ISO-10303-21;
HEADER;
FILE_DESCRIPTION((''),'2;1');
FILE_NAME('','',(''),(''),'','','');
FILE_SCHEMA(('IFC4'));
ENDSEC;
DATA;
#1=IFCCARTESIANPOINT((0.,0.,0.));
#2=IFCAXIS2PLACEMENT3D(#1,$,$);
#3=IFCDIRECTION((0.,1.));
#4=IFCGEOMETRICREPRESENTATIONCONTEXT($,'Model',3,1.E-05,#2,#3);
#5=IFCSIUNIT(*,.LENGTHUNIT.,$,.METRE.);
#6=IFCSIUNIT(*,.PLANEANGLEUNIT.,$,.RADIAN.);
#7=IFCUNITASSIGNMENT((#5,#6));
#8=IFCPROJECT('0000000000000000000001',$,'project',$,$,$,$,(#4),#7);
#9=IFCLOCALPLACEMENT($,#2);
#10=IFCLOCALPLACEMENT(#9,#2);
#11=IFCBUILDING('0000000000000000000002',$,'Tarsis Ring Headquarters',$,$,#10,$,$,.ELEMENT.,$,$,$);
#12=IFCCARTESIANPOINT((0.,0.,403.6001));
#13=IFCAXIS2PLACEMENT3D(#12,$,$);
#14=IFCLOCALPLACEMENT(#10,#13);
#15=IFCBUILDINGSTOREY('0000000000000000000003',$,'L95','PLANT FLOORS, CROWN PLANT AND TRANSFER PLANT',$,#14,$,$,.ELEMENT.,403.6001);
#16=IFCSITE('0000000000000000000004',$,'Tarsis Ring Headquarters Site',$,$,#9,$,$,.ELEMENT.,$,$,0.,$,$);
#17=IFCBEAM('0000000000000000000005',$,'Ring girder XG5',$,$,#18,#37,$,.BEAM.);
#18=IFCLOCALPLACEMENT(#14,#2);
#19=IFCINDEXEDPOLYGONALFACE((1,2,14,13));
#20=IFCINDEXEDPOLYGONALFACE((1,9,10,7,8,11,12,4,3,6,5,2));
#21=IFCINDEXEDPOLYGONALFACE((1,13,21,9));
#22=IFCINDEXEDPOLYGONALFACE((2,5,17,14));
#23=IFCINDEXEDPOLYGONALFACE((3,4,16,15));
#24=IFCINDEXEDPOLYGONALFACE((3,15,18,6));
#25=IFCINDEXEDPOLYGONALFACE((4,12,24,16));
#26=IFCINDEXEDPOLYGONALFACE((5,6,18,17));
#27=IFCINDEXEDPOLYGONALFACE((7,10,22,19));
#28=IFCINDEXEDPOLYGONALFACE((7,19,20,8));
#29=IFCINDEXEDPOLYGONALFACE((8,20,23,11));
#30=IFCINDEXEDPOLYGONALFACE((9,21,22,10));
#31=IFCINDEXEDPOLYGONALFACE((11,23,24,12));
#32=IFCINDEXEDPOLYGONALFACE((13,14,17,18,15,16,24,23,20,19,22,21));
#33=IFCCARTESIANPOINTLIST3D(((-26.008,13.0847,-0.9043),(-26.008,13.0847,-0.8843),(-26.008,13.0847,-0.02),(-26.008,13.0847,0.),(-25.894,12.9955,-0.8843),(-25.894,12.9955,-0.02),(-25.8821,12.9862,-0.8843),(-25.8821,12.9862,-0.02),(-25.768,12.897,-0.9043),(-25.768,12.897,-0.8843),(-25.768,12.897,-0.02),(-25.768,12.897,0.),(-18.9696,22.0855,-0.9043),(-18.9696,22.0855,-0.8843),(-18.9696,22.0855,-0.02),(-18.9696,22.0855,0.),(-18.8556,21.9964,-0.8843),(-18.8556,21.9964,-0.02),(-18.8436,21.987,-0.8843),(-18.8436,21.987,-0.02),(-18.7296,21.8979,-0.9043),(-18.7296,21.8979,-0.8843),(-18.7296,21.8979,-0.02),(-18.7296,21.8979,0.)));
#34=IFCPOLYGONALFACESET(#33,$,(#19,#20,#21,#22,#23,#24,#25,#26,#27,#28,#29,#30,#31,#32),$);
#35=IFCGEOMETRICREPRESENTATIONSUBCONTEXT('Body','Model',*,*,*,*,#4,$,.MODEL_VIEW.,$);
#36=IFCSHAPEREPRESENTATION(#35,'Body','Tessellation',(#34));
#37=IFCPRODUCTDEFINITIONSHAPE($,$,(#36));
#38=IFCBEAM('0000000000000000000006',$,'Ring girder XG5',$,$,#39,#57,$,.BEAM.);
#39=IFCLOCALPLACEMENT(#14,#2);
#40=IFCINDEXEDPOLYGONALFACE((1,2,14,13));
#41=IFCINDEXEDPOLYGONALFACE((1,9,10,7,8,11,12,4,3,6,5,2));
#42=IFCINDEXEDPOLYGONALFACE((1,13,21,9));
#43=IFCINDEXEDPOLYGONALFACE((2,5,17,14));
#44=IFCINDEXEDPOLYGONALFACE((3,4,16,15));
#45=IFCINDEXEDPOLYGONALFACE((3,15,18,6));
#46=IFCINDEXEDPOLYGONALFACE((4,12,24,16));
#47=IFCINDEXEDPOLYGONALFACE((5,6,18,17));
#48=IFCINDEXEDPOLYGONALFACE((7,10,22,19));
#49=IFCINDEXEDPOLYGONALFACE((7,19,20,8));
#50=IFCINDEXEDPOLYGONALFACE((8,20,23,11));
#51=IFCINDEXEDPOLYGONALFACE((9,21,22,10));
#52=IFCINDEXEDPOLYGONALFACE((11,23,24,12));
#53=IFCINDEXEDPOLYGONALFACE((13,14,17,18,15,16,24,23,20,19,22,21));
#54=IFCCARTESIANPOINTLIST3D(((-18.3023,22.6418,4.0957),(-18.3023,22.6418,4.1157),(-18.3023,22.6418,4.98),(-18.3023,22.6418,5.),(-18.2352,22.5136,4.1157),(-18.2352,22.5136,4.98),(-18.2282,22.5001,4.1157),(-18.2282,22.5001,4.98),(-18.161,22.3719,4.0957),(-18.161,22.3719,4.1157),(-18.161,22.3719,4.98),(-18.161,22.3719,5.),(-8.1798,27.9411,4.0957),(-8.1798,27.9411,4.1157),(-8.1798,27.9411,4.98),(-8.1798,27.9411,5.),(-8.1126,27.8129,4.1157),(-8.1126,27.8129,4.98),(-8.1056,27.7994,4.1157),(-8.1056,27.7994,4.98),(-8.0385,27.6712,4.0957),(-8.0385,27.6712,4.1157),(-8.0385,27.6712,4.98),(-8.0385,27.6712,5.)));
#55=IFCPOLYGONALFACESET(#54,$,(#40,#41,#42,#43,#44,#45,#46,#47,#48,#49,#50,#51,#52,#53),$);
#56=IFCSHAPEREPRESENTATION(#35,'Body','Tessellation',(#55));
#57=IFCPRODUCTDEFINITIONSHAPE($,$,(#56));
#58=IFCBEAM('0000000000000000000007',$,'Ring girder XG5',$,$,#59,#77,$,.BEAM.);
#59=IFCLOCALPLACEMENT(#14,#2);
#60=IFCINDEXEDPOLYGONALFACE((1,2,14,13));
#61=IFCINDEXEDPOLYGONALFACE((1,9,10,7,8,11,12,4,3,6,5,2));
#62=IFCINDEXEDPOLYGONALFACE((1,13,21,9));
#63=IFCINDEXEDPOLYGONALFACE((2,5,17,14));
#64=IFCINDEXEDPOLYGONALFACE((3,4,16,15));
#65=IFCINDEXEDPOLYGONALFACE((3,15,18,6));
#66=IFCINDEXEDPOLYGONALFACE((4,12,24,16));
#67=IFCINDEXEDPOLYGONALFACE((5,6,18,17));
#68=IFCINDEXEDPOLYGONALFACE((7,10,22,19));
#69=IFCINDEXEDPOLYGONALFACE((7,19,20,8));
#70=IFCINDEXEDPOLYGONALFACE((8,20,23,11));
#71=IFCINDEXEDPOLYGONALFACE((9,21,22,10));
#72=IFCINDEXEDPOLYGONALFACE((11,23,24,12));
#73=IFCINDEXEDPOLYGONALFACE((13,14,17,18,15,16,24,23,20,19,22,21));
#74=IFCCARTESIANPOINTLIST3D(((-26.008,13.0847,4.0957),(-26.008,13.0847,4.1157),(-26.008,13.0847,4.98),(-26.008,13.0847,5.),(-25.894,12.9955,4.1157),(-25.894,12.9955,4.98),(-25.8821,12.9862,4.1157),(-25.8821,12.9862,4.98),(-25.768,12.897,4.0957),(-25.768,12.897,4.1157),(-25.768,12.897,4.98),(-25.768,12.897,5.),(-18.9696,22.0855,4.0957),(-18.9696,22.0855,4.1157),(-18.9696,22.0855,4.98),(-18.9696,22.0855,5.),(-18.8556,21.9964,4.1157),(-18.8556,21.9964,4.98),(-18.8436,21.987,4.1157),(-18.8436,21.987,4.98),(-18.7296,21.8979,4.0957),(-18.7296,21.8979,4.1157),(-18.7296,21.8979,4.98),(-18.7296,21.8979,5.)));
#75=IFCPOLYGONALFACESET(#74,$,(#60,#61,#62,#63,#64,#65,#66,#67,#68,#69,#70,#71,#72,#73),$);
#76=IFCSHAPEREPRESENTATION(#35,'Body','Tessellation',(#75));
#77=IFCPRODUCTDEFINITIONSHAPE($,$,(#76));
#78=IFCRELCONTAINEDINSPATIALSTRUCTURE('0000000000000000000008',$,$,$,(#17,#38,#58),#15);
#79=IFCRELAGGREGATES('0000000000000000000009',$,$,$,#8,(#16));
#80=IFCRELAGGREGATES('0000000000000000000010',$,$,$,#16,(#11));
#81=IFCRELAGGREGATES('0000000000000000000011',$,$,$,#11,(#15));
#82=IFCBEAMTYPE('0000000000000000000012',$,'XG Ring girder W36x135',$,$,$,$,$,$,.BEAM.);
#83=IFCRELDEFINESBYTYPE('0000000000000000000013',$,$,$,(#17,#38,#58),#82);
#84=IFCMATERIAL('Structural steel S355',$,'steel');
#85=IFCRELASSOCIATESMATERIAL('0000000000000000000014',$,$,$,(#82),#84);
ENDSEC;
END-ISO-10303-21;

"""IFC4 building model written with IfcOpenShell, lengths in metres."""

from ifc_helpers import new_model, si_unit, direction, frame, origin, origin_2d, place, context, subcontext, project, spatial, i_section, extrude, material, material_profile, profile_set, type_object, element, save


model = new_model("IFC4")

# Units and contexts
model_context = context("Model", 3, precision=1e-05, world=origin(), true_north=direction((0.0, 1.0)))
body_context = subcontext(model_context, "Body", "Model", "MODEL_VIEW")
ifc_project = project(units=[si_unit("LENGTHUNIT", "METRE"), si_unit("PLANEANGLEUNIT", "RADIAN")], contexts=[model_context])

# Site, building, storey
site_placement = place(None, origin())
site = spatial("IfcSite", under=ifc_project, at=site_placement, Name="Tarsis Ring Headquarters Site", CompositionType="ELEMENT", RefElevation=0.0)
building_placement = place(site_placement, origin())
building = spatial("IfcBuilding", under=site, at=building_placement, Name="Tarsis Ring Headquarters", CompositionType="ELEMENT")
storey_placement = place(building_placement, frame((0.0, 0.0, 403.6001)))
storey = spatial("IfcBuildingStorey", under=building, at=storey_placement, Name="L95", Description="PLANT FLOORS, CROWN PLANT AND TRANSFER PLANT", CompositionType="ELEMENT", Elevation=403.6001)

# Shared definitions
ifc_material_1 = material(Name="Structural steel S355", Category="steel")

# Beams
ifc_material_profile_1 = material_profile(ifc_material_1, i_section(OverallWidth=0.3047, OverallDepth=0.9043, WebThickness=0.0151, FlangeThickness=0.02, at=origin_2d()), Name="W36x135")
ifc_profile_set_1 = profile_set([ifc_material_profile_1], Name="Structural steel S355")
beam_type_1 = type_object("IfcBeamType", Name="XG Ring girder W36x135", PredefinedType="BEAM", material=ifc_profile_set_1)
beam_1_placement = place(storey_placement, frame((-18.8496, 21.9917, -0.4521), z_axis=(-0.615998, -0.787748, 0.0), x_axis=(0.787748, -0.615998, 0.0)))
element("IfcBeam", 1, at=beam_1_placement, inside=storey, type_object=beam_type_1, Name="Ring girder XG5", PredefinedType="BEAM", context=body_context, shape_type="SweptSolid", body=[
    extrude(i_section(OverallWidth=0.3047, OverallDepth=0.9043, WebThickness=0.0151, FlangeThickness=0.02, at=origin_2d()), origin(), (0.0, 0.0, 1.0), 11.426),
])
beam_2_placement = place(storey_placement, frame((-8.1091, 27.8062, 4.5479), z_axis=(-0.885939, -0.463803, 0.0), x_axis=(0.463803, -0.885939, 0.0)))
element("IfcBeam", 2, at=beam_2_placement, inside=storey, type_object=beam_type_1, Name="Ring girder XG5", PredefinedType="BEAM", context=body_context, shape_type="SweptSolid", body=[
    extrude(i_section(OverallWidth=0.3047, OverallDepth=0.9043, WebThickness=0.0151, FlangeThickness=0.02, at=origin_2d()), origin(), (0.0, 0.0, 1.0), 11.4258),
])
beam_3_placement = place(storey_placement, frame((-18.8496, 21.9917, 4.5479), z_axis=(-0.615998, -0.787748, 0.0), x_axis=(0.787748, -0.615998, 0.0)))
element("IfcBeam", 3, at=beam_3_placement, inside=storey, type_object=beam_type_1, Name="Ring girder XG5", PredefinedType="BEAM", context=body_context, shape_type="SweptSolid", body=[
    extrude(i_section(OverallWidth=0.3047, OverallDepth=0.9043, WebThickness=0.0151, FlangeThickness=0.02, at=origin_2d()), origin(), (0.0, 0.0, 1.0), 11.426),
])

save(model, "model.ifc")
